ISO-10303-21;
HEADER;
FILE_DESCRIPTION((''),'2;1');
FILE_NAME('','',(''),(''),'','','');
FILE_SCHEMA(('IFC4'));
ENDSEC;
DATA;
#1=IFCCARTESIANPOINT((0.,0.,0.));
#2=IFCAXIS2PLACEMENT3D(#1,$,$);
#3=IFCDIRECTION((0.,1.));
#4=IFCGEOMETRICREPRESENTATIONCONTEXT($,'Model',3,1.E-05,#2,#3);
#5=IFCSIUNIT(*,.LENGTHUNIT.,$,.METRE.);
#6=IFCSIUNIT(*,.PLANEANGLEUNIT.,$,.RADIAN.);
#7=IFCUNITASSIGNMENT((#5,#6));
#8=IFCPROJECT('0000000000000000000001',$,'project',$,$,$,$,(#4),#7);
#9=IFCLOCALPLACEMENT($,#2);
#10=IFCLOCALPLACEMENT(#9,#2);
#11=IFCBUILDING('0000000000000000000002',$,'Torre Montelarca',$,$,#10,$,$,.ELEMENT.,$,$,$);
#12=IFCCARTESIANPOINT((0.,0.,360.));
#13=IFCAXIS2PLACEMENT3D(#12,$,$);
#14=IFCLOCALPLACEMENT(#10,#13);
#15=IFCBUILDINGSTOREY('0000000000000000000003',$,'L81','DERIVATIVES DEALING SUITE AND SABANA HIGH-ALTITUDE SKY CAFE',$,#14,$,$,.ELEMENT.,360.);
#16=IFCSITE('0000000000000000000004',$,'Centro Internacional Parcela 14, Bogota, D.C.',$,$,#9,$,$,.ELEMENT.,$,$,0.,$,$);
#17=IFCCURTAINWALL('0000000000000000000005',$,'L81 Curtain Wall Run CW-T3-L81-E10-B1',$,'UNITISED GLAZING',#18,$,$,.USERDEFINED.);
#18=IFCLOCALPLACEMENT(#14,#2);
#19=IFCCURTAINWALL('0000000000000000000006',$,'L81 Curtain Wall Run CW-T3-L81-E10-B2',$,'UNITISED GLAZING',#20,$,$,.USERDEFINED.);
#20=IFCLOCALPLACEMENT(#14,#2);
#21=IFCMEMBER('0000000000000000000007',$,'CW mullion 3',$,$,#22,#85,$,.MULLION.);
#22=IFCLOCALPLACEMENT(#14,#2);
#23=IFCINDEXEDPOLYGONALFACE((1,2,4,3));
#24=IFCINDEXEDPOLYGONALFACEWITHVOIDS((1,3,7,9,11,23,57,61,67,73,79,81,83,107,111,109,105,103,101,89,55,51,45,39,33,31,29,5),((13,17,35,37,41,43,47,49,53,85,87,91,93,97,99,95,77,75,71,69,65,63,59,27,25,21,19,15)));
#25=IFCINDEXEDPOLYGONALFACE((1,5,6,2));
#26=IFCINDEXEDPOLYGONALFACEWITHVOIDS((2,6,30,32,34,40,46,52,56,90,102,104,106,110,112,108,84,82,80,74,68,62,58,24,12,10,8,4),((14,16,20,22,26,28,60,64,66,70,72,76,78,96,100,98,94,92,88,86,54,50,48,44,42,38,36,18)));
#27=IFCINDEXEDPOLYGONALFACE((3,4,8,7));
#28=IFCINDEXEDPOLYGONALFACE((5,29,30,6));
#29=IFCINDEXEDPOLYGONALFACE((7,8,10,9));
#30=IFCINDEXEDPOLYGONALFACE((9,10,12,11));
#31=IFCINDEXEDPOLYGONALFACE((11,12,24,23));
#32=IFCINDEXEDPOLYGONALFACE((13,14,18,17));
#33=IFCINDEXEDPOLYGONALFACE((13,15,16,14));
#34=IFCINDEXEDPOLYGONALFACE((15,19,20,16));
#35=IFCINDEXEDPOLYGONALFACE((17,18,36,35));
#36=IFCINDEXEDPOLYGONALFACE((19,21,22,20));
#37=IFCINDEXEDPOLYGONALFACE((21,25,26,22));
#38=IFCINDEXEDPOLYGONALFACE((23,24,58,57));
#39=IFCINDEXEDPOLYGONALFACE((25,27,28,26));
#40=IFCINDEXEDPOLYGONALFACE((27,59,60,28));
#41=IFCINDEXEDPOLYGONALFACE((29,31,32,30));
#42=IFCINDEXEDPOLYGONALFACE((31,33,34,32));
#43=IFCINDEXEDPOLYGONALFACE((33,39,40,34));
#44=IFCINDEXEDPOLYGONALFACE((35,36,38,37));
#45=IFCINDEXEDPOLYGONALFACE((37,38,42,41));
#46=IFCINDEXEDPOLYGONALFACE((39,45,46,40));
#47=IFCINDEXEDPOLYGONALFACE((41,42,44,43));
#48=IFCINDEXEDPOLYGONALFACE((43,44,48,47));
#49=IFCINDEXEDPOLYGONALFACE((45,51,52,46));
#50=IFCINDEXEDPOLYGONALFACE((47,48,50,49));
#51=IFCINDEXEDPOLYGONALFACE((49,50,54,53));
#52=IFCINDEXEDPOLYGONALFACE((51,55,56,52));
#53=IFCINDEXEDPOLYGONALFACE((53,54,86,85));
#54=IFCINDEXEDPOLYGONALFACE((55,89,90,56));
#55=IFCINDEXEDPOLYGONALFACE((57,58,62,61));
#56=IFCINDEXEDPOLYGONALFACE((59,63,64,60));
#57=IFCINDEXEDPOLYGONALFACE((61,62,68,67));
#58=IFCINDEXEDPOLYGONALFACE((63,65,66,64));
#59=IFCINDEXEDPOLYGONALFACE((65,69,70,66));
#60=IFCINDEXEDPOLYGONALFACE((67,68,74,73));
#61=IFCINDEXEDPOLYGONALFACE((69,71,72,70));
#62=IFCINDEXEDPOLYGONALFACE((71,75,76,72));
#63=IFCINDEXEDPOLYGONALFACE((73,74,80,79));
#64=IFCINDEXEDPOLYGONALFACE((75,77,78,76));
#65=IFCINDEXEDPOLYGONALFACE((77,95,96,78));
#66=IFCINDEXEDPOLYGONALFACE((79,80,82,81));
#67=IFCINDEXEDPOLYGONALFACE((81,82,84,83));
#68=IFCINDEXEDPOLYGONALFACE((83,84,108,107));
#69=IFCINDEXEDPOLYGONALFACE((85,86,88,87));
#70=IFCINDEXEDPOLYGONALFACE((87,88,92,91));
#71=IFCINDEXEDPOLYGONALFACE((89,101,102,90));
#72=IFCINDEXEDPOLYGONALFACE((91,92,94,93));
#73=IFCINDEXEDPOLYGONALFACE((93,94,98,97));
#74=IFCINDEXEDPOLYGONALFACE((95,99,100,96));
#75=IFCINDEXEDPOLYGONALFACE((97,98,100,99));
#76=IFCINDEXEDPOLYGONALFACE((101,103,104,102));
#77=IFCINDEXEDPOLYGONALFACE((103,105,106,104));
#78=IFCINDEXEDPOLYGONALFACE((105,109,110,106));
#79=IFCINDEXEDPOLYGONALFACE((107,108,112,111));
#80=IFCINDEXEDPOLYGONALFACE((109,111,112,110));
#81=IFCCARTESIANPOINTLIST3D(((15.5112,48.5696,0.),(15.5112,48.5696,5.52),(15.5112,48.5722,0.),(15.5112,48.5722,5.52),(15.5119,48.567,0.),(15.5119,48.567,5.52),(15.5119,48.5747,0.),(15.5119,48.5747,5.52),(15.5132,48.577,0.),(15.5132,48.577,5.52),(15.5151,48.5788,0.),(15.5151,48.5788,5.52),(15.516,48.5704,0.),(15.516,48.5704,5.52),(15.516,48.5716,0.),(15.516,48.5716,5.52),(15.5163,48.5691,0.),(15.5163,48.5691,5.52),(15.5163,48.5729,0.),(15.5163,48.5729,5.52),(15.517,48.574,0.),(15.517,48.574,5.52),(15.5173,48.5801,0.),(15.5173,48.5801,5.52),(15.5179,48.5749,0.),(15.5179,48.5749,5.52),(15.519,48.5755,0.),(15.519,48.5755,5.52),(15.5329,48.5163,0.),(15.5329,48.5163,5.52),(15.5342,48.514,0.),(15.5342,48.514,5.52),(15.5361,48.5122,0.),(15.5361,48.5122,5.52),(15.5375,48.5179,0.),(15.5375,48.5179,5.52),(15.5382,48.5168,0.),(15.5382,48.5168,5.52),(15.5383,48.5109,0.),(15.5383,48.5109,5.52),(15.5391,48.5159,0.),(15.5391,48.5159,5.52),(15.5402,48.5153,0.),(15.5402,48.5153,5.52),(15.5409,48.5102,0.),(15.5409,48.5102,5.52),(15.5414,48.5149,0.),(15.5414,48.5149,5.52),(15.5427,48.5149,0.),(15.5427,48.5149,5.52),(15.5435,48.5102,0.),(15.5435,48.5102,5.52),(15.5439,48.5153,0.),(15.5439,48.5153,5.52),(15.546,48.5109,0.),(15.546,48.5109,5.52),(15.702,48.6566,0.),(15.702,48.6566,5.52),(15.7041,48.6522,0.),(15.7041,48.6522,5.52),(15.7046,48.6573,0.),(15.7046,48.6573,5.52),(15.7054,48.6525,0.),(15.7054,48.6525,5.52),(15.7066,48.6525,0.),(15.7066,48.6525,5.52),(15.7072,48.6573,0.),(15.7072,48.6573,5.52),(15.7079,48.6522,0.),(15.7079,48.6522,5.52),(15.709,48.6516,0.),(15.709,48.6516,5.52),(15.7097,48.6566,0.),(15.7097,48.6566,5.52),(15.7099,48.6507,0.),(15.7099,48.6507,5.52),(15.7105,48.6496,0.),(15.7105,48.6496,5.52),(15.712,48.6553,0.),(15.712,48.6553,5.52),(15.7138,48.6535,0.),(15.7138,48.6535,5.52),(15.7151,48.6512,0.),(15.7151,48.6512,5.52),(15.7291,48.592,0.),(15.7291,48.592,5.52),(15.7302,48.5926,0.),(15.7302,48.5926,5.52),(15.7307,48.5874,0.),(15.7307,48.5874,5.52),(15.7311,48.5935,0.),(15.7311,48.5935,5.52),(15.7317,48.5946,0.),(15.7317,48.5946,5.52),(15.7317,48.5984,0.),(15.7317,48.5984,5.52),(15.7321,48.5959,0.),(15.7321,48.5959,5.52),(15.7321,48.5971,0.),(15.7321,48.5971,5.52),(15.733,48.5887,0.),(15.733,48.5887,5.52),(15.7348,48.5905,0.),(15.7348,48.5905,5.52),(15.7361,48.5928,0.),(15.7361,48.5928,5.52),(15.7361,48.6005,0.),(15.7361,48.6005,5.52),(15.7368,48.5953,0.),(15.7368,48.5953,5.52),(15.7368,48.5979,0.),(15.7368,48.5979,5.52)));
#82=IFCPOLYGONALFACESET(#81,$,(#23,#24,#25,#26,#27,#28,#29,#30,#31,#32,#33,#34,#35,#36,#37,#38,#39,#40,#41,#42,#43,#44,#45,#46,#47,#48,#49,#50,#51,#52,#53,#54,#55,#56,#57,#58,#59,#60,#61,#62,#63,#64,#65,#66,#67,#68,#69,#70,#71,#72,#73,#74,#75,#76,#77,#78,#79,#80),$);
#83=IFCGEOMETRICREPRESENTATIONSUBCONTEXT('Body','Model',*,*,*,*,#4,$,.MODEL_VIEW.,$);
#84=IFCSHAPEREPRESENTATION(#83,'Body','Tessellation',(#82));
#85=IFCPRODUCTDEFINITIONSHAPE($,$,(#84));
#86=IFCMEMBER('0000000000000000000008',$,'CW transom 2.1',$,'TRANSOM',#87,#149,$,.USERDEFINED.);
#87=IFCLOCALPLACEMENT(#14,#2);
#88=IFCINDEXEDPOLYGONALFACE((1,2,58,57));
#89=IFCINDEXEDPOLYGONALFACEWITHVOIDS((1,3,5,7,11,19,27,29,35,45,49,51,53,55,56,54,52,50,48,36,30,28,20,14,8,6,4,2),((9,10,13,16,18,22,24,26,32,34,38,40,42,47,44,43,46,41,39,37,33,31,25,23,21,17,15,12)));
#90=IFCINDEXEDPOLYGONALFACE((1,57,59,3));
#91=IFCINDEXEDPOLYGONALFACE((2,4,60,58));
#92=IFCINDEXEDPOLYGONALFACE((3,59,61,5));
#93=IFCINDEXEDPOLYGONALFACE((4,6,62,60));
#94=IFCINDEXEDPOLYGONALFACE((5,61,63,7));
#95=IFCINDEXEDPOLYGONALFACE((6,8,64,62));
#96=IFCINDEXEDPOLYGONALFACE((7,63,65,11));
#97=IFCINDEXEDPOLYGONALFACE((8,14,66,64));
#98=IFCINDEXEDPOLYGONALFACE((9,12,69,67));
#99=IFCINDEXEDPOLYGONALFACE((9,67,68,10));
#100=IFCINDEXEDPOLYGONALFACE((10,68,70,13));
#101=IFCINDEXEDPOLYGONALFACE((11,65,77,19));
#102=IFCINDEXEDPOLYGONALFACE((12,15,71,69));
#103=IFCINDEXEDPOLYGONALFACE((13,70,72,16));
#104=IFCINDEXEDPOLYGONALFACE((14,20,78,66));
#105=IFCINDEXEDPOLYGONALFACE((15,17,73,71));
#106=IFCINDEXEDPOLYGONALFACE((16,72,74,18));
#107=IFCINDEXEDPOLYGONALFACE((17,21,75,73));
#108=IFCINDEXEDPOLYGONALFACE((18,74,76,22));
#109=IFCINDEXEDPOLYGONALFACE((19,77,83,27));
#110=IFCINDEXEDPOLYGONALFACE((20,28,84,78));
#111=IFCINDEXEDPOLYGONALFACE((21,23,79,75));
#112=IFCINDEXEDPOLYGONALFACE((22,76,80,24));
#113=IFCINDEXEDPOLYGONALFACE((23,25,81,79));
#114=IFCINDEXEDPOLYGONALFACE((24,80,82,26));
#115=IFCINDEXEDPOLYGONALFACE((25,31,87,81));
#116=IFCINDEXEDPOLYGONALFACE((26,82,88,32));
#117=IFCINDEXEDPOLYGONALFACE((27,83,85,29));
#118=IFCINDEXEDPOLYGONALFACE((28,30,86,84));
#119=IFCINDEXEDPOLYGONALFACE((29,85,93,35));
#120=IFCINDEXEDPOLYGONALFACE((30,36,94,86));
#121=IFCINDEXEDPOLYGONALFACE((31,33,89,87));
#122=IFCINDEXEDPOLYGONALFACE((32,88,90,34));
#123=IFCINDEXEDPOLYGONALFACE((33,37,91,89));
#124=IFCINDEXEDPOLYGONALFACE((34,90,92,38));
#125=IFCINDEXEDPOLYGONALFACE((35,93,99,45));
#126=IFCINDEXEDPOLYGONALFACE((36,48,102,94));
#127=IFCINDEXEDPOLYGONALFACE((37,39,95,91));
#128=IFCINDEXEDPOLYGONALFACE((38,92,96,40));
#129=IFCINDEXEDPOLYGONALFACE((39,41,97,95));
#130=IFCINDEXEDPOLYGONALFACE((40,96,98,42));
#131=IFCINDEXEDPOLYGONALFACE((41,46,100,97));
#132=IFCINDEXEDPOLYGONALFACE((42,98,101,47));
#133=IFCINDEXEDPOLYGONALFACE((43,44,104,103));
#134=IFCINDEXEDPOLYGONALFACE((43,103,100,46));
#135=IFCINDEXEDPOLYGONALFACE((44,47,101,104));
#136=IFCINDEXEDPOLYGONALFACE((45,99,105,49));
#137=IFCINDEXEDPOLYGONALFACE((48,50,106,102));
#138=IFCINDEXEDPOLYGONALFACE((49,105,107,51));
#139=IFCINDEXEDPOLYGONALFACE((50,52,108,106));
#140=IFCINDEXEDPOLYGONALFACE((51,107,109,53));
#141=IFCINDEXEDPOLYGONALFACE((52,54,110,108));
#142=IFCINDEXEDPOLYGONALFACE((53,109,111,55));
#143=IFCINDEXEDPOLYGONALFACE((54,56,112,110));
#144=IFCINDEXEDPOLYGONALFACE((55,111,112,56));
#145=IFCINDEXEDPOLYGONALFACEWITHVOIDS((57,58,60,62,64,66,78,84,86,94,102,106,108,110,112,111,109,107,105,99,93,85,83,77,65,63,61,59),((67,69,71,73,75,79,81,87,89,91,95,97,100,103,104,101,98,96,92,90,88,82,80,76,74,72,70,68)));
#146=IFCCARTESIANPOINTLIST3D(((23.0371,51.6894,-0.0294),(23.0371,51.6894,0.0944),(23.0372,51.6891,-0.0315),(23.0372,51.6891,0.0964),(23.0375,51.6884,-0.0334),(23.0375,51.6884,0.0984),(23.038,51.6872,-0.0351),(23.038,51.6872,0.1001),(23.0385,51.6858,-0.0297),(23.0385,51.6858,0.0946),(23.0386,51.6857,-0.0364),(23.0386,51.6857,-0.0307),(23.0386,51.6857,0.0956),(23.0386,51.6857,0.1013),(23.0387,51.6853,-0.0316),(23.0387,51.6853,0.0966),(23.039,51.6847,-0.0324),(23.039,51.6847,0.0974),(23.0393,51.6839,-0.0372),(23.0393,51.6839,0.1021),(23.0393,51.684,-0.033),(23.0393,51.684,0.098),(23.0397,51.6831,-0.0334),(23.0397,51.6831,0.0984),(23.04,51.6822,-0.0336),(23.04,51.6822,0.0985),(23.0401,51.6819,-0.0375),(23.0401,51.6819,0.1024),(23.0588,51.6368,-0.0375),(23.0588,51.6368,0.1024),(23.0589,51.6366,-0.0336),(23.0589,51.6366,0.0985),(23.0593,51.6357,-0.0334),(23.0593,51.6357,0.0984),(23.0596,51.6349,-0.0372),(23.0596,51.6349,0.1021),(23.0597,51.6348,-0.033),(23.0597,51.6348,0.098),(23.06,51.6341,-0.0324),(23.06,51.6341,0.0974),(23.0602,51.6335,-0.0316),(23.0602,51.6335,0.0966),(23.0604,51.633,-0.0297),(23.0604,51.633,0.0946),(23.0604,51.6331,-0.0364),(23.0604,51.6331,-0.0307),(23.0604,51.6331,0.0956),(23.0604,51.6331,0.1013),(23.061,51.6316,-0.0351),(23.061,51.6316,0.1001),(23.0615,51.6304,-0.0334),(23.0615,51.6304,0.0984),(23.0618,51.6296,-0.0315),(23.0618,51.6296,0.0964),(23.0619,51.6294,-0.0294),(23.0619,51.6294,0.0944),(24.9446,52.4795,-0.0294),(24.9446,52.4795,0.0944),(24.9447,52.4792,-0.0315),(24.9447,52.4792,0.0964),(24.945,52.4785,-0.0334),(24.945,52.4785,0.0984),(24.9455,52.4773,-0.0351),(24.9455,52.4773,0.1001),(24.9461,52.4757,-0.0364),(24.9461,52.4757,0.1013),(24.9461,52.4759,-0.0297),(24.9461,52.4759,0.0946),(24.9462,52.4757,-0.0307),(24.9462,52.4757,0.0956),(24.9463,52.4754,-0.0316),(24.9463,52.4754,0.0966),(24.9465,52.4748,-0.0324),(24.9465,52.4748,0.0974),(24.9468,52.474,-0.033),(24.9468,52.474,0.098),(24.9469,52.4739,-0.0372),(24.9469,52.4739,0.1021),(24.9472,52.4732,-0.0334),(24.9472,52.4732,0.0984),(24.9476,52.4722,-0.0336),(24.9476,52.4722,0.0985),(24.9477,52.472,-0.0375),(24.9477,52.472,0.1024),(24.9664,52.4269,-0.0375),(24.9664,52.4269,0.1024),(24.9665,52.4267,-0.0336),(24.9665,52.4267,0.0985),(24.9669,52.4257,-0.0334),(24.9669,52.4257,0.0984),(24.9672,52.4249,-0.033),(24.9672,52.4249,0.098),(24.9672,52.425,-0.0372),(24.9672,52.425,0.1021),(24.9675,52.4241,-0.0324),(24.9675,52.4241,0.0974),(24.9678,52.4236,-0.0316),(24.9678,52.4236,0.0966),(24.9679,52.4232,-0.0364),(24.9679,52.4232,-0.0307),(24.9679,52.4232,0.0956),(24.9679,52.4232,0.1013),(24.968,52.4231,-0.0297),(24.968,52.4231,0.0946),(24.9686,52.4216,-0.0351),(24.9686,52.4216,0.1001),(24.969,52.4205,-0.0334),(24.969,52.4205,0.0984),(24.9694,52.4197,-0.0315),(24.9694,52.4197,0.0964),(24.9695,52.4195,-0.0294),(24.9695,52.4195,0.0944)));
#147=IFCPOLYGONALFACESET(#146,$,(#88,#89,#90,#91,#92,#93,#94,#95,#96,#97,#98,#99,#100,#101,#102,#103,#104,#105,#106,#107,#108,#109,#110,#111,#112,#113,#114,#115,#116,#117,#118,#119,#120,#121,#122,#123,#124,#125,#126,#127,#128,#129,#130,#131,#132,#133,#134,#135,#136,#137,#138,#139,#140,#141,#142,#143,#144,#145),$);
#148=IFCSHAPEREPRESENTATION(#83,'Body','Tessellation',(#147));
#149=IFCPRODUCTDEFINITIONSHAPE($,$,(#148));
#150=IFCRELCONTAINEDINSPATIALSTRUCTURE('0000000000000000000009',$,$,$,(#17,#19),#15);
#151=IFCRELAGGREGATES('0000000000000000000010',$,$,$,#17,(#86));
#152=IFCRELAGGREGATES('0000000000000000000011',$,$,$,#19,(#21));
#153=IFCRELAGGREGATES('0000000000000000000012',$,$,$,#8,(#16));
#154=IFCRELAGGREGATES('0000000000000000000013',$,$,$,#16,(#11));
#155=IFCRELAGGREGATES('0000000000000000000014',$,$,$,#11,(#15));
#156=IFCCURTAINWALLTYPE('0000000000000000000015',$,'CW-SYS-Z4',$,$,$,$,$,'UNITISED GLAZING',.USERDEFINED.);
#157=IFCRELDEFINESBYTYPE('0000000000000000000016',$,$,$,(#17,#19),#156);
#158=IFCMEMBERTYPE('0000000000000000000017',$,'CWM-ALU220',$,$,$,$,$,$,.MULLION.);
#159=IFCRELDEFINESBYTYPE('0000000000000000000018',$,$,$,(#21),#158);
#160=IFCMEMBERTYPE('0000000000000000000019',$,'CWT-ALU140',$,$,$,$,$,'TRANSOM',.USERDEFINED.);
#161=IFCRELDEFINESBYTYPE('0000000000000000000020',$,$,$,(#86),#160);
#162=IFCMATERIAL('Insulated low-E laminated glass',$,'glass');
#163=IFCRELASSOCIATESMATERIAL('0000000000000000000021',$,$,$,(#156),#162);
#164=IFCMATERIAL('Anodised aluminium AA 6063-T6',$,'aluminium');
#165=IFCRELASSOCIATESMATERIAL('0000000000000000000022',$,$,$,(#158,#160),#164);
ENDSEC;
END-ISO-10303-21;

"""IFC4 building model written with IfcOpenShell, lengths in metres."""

from ifc_helpers import new_model, si_unit, direction, frame, origin, origin_2d, place, context, subcontext, project, spatial, hollow_rectangle, extrude, source, transform, mapped, material, material_profile, profile_set, type_object, element, aggregate, save


model = new_model("IFC4")

# Units and contexts
model_context = context("Model", 3, precision=1e-05, world=origin(), true_north=direction((0.0, 1.0)))
body_context = subcontext(model_context, "Body", "Model", "MODEL_VIEW")
ifc_project = project(units=[si_unit("LENGTHUNIT", "METRE"), si_unit("PLANEANGLEUNIT", "RADIAN")], contexts=[model_context])

# Site, building, storey
site_placement = place(None, origin())
site = spatial("IfcSite", under=ifc_project, at=site_placement, Name="Centro Internacional Parcela 14, Bogota, D.C.", CompositionType="ELEMENT", RefElevation=0.0)
building_placement = place(site_placement, origin())
building = spatial("IfcBuilding", under=site, at=building_placement, Name="Torre Montelarca", CompositionType="ELEMENT")
storey_placement = place(building_placement, frame((0.0, 0.0, 360.0)))
storey = spatial("IfcBuildingStorey", under=building, at=storey_placement, Name="L81", Description="DERIVATIVES DEALING SUITE AND SABANA HIGH-ALTITUDE SKY CAFE", CompositionType="ELEMENT", Elevation=360.0)

# Curtain walls, member
ifc_material_1 = material(Name="Insulated low-E laminated glass", Category="glass")
curtain_wall_type = type_object("IfcCurtainWallType", Name="CW-SYS-Z4", ElementType="UNITISED GLAZING", PredefinedType="USERDEFINED", material=ifc_material_1)
curtain_wall_1_placement = place(storey_placement, origin())
curtain_wall_1 = element("IfcCurtainWall", 1, at=curtain_wall_1_placement, inside=storey, type_object=curtain_wall_type, Name="L81 Curtain Wall Run CW-T3-L81-E10-B1", ObjectType="UNITISED GLAZING", PredefinedType="USERDEFINED")
ifc_material_2 = material(Name="Anodised aluminium AA 6063-T6", Category="aluminium")
ifc_material_profile_1 = material_profile(ifc_material_2, hollow_rectangle(XDim=0.075, YDim=0.22, WallThickness=0.0049, InnerFilletRadius=0.0049, OuterFilletRadius=0.01, at=origin_2d()), Name="ALU75X220X5", Category="aluminium")
ifc_profile_set_1 = profile_set([ifc_material_profile_1], Name="Anodised aluminium AA 6063-T6")
member_type_1 = type_object("IfcMemberType", Name="CWM-ALU220", PredefinedType="MULLION", material=ifc_profile_set_1)
shared_shape_1 = source(origin(), body_context, "Body", "SweptSolid", [
    extrude(hollow_rectangle(XDim=0.075, YDim=0.22, WallThickness=0.0049, InnerFilletRadius=0.0049, OuterFilletRadius=0.01, at=origin_2d()), origin(), (0.0, 0.0, 1.0), 5.52),
])
curtain_wall_2_placement = place(storey_placement, origin())
curtain_wall_2 = element("IfcCurtainWall", 2, at=curtain_wall_2_placement, inside=storey, type_object=curtain_wall_type, Name="L81 Curtain Wall Run CW-T3-L81-E10-B2", ObjectType="UNITISED GLAZING", PredefinedType="USERDEFINED")
member_1_placement = place(storey_placement, frame((15.624, 48.5837, 0.0), z_axis=(0.0, 0.0, 1.0), x_axis=(0.382678, -0.923882, 0.0)))
member_1 = element("IfcMember", 3, at=member_1_placement, type_object=member_type_1, Name="CW mullion 3", PredefinedType="MULLION", context=body_context, shape_type="MappedRepresentation", body=[
    mapped(shared_shape_1, transform((0.0, 0.0, 0.0), scale=1.0)),
])

# Member
ifc_material_profile_2 = material_profile(ifc_material_2, hollow_rectangle(XDim=0.0649, YDim=0.1399, WallThickness=0.0039, InnerFilletRadius=0.0039, OuterFilletRadius=0.0081, at=origin_2d()), Name="ALU65X140X4", Category="aluminium")
ifc_profile_set_2 = profile_set([ifc_material_profile_2], Name="Anodised aluminium AA 6063-T6")
member_type_2 = type_object("IfcMemberType", Name="CWT-ALU140", ElementType="TRANSOM", PredefinedType="USERDEFINED", material=ifc_profile_set_2)
shared_shape_2 = source(origin(), body_context, "Body", "SweptSolid", [
    extrude(hollow_rectangle(XDim=0.0649, YDim=0.1399, WallThickness=0.0039, InnerFilletRadius=0.0039, OuterFilletRadius=0.0081, at=origin_2d()), origin(), (0.0, 0.0, 1.0), 2.0647),
])
member_2_placement = place(storey_placement, frame((24.957, 52.4495, 0.0325), z_axis=(-0.92389, -0.382658, 0.0), x_axis=(0.382658, -0.92389, 0.0)))
member_2 = element("IfcMember", 4, at=member_2_placement, type_object=member_type_2, Name="CW transom 2.1", ObjectType="TRANSOM", PredefinedType="USERDEFINED", context=body_context, shape_type="MappedRepresentation", body=[
    mapped(shared_shape_2, transform((0.0, 0.0, 0.0), scale=1.0)),
])

aggregate(curtain_wall_1, [member_2])
aggregate(curtain_wall_2, [member_1])

save(model, "model.ifc")
